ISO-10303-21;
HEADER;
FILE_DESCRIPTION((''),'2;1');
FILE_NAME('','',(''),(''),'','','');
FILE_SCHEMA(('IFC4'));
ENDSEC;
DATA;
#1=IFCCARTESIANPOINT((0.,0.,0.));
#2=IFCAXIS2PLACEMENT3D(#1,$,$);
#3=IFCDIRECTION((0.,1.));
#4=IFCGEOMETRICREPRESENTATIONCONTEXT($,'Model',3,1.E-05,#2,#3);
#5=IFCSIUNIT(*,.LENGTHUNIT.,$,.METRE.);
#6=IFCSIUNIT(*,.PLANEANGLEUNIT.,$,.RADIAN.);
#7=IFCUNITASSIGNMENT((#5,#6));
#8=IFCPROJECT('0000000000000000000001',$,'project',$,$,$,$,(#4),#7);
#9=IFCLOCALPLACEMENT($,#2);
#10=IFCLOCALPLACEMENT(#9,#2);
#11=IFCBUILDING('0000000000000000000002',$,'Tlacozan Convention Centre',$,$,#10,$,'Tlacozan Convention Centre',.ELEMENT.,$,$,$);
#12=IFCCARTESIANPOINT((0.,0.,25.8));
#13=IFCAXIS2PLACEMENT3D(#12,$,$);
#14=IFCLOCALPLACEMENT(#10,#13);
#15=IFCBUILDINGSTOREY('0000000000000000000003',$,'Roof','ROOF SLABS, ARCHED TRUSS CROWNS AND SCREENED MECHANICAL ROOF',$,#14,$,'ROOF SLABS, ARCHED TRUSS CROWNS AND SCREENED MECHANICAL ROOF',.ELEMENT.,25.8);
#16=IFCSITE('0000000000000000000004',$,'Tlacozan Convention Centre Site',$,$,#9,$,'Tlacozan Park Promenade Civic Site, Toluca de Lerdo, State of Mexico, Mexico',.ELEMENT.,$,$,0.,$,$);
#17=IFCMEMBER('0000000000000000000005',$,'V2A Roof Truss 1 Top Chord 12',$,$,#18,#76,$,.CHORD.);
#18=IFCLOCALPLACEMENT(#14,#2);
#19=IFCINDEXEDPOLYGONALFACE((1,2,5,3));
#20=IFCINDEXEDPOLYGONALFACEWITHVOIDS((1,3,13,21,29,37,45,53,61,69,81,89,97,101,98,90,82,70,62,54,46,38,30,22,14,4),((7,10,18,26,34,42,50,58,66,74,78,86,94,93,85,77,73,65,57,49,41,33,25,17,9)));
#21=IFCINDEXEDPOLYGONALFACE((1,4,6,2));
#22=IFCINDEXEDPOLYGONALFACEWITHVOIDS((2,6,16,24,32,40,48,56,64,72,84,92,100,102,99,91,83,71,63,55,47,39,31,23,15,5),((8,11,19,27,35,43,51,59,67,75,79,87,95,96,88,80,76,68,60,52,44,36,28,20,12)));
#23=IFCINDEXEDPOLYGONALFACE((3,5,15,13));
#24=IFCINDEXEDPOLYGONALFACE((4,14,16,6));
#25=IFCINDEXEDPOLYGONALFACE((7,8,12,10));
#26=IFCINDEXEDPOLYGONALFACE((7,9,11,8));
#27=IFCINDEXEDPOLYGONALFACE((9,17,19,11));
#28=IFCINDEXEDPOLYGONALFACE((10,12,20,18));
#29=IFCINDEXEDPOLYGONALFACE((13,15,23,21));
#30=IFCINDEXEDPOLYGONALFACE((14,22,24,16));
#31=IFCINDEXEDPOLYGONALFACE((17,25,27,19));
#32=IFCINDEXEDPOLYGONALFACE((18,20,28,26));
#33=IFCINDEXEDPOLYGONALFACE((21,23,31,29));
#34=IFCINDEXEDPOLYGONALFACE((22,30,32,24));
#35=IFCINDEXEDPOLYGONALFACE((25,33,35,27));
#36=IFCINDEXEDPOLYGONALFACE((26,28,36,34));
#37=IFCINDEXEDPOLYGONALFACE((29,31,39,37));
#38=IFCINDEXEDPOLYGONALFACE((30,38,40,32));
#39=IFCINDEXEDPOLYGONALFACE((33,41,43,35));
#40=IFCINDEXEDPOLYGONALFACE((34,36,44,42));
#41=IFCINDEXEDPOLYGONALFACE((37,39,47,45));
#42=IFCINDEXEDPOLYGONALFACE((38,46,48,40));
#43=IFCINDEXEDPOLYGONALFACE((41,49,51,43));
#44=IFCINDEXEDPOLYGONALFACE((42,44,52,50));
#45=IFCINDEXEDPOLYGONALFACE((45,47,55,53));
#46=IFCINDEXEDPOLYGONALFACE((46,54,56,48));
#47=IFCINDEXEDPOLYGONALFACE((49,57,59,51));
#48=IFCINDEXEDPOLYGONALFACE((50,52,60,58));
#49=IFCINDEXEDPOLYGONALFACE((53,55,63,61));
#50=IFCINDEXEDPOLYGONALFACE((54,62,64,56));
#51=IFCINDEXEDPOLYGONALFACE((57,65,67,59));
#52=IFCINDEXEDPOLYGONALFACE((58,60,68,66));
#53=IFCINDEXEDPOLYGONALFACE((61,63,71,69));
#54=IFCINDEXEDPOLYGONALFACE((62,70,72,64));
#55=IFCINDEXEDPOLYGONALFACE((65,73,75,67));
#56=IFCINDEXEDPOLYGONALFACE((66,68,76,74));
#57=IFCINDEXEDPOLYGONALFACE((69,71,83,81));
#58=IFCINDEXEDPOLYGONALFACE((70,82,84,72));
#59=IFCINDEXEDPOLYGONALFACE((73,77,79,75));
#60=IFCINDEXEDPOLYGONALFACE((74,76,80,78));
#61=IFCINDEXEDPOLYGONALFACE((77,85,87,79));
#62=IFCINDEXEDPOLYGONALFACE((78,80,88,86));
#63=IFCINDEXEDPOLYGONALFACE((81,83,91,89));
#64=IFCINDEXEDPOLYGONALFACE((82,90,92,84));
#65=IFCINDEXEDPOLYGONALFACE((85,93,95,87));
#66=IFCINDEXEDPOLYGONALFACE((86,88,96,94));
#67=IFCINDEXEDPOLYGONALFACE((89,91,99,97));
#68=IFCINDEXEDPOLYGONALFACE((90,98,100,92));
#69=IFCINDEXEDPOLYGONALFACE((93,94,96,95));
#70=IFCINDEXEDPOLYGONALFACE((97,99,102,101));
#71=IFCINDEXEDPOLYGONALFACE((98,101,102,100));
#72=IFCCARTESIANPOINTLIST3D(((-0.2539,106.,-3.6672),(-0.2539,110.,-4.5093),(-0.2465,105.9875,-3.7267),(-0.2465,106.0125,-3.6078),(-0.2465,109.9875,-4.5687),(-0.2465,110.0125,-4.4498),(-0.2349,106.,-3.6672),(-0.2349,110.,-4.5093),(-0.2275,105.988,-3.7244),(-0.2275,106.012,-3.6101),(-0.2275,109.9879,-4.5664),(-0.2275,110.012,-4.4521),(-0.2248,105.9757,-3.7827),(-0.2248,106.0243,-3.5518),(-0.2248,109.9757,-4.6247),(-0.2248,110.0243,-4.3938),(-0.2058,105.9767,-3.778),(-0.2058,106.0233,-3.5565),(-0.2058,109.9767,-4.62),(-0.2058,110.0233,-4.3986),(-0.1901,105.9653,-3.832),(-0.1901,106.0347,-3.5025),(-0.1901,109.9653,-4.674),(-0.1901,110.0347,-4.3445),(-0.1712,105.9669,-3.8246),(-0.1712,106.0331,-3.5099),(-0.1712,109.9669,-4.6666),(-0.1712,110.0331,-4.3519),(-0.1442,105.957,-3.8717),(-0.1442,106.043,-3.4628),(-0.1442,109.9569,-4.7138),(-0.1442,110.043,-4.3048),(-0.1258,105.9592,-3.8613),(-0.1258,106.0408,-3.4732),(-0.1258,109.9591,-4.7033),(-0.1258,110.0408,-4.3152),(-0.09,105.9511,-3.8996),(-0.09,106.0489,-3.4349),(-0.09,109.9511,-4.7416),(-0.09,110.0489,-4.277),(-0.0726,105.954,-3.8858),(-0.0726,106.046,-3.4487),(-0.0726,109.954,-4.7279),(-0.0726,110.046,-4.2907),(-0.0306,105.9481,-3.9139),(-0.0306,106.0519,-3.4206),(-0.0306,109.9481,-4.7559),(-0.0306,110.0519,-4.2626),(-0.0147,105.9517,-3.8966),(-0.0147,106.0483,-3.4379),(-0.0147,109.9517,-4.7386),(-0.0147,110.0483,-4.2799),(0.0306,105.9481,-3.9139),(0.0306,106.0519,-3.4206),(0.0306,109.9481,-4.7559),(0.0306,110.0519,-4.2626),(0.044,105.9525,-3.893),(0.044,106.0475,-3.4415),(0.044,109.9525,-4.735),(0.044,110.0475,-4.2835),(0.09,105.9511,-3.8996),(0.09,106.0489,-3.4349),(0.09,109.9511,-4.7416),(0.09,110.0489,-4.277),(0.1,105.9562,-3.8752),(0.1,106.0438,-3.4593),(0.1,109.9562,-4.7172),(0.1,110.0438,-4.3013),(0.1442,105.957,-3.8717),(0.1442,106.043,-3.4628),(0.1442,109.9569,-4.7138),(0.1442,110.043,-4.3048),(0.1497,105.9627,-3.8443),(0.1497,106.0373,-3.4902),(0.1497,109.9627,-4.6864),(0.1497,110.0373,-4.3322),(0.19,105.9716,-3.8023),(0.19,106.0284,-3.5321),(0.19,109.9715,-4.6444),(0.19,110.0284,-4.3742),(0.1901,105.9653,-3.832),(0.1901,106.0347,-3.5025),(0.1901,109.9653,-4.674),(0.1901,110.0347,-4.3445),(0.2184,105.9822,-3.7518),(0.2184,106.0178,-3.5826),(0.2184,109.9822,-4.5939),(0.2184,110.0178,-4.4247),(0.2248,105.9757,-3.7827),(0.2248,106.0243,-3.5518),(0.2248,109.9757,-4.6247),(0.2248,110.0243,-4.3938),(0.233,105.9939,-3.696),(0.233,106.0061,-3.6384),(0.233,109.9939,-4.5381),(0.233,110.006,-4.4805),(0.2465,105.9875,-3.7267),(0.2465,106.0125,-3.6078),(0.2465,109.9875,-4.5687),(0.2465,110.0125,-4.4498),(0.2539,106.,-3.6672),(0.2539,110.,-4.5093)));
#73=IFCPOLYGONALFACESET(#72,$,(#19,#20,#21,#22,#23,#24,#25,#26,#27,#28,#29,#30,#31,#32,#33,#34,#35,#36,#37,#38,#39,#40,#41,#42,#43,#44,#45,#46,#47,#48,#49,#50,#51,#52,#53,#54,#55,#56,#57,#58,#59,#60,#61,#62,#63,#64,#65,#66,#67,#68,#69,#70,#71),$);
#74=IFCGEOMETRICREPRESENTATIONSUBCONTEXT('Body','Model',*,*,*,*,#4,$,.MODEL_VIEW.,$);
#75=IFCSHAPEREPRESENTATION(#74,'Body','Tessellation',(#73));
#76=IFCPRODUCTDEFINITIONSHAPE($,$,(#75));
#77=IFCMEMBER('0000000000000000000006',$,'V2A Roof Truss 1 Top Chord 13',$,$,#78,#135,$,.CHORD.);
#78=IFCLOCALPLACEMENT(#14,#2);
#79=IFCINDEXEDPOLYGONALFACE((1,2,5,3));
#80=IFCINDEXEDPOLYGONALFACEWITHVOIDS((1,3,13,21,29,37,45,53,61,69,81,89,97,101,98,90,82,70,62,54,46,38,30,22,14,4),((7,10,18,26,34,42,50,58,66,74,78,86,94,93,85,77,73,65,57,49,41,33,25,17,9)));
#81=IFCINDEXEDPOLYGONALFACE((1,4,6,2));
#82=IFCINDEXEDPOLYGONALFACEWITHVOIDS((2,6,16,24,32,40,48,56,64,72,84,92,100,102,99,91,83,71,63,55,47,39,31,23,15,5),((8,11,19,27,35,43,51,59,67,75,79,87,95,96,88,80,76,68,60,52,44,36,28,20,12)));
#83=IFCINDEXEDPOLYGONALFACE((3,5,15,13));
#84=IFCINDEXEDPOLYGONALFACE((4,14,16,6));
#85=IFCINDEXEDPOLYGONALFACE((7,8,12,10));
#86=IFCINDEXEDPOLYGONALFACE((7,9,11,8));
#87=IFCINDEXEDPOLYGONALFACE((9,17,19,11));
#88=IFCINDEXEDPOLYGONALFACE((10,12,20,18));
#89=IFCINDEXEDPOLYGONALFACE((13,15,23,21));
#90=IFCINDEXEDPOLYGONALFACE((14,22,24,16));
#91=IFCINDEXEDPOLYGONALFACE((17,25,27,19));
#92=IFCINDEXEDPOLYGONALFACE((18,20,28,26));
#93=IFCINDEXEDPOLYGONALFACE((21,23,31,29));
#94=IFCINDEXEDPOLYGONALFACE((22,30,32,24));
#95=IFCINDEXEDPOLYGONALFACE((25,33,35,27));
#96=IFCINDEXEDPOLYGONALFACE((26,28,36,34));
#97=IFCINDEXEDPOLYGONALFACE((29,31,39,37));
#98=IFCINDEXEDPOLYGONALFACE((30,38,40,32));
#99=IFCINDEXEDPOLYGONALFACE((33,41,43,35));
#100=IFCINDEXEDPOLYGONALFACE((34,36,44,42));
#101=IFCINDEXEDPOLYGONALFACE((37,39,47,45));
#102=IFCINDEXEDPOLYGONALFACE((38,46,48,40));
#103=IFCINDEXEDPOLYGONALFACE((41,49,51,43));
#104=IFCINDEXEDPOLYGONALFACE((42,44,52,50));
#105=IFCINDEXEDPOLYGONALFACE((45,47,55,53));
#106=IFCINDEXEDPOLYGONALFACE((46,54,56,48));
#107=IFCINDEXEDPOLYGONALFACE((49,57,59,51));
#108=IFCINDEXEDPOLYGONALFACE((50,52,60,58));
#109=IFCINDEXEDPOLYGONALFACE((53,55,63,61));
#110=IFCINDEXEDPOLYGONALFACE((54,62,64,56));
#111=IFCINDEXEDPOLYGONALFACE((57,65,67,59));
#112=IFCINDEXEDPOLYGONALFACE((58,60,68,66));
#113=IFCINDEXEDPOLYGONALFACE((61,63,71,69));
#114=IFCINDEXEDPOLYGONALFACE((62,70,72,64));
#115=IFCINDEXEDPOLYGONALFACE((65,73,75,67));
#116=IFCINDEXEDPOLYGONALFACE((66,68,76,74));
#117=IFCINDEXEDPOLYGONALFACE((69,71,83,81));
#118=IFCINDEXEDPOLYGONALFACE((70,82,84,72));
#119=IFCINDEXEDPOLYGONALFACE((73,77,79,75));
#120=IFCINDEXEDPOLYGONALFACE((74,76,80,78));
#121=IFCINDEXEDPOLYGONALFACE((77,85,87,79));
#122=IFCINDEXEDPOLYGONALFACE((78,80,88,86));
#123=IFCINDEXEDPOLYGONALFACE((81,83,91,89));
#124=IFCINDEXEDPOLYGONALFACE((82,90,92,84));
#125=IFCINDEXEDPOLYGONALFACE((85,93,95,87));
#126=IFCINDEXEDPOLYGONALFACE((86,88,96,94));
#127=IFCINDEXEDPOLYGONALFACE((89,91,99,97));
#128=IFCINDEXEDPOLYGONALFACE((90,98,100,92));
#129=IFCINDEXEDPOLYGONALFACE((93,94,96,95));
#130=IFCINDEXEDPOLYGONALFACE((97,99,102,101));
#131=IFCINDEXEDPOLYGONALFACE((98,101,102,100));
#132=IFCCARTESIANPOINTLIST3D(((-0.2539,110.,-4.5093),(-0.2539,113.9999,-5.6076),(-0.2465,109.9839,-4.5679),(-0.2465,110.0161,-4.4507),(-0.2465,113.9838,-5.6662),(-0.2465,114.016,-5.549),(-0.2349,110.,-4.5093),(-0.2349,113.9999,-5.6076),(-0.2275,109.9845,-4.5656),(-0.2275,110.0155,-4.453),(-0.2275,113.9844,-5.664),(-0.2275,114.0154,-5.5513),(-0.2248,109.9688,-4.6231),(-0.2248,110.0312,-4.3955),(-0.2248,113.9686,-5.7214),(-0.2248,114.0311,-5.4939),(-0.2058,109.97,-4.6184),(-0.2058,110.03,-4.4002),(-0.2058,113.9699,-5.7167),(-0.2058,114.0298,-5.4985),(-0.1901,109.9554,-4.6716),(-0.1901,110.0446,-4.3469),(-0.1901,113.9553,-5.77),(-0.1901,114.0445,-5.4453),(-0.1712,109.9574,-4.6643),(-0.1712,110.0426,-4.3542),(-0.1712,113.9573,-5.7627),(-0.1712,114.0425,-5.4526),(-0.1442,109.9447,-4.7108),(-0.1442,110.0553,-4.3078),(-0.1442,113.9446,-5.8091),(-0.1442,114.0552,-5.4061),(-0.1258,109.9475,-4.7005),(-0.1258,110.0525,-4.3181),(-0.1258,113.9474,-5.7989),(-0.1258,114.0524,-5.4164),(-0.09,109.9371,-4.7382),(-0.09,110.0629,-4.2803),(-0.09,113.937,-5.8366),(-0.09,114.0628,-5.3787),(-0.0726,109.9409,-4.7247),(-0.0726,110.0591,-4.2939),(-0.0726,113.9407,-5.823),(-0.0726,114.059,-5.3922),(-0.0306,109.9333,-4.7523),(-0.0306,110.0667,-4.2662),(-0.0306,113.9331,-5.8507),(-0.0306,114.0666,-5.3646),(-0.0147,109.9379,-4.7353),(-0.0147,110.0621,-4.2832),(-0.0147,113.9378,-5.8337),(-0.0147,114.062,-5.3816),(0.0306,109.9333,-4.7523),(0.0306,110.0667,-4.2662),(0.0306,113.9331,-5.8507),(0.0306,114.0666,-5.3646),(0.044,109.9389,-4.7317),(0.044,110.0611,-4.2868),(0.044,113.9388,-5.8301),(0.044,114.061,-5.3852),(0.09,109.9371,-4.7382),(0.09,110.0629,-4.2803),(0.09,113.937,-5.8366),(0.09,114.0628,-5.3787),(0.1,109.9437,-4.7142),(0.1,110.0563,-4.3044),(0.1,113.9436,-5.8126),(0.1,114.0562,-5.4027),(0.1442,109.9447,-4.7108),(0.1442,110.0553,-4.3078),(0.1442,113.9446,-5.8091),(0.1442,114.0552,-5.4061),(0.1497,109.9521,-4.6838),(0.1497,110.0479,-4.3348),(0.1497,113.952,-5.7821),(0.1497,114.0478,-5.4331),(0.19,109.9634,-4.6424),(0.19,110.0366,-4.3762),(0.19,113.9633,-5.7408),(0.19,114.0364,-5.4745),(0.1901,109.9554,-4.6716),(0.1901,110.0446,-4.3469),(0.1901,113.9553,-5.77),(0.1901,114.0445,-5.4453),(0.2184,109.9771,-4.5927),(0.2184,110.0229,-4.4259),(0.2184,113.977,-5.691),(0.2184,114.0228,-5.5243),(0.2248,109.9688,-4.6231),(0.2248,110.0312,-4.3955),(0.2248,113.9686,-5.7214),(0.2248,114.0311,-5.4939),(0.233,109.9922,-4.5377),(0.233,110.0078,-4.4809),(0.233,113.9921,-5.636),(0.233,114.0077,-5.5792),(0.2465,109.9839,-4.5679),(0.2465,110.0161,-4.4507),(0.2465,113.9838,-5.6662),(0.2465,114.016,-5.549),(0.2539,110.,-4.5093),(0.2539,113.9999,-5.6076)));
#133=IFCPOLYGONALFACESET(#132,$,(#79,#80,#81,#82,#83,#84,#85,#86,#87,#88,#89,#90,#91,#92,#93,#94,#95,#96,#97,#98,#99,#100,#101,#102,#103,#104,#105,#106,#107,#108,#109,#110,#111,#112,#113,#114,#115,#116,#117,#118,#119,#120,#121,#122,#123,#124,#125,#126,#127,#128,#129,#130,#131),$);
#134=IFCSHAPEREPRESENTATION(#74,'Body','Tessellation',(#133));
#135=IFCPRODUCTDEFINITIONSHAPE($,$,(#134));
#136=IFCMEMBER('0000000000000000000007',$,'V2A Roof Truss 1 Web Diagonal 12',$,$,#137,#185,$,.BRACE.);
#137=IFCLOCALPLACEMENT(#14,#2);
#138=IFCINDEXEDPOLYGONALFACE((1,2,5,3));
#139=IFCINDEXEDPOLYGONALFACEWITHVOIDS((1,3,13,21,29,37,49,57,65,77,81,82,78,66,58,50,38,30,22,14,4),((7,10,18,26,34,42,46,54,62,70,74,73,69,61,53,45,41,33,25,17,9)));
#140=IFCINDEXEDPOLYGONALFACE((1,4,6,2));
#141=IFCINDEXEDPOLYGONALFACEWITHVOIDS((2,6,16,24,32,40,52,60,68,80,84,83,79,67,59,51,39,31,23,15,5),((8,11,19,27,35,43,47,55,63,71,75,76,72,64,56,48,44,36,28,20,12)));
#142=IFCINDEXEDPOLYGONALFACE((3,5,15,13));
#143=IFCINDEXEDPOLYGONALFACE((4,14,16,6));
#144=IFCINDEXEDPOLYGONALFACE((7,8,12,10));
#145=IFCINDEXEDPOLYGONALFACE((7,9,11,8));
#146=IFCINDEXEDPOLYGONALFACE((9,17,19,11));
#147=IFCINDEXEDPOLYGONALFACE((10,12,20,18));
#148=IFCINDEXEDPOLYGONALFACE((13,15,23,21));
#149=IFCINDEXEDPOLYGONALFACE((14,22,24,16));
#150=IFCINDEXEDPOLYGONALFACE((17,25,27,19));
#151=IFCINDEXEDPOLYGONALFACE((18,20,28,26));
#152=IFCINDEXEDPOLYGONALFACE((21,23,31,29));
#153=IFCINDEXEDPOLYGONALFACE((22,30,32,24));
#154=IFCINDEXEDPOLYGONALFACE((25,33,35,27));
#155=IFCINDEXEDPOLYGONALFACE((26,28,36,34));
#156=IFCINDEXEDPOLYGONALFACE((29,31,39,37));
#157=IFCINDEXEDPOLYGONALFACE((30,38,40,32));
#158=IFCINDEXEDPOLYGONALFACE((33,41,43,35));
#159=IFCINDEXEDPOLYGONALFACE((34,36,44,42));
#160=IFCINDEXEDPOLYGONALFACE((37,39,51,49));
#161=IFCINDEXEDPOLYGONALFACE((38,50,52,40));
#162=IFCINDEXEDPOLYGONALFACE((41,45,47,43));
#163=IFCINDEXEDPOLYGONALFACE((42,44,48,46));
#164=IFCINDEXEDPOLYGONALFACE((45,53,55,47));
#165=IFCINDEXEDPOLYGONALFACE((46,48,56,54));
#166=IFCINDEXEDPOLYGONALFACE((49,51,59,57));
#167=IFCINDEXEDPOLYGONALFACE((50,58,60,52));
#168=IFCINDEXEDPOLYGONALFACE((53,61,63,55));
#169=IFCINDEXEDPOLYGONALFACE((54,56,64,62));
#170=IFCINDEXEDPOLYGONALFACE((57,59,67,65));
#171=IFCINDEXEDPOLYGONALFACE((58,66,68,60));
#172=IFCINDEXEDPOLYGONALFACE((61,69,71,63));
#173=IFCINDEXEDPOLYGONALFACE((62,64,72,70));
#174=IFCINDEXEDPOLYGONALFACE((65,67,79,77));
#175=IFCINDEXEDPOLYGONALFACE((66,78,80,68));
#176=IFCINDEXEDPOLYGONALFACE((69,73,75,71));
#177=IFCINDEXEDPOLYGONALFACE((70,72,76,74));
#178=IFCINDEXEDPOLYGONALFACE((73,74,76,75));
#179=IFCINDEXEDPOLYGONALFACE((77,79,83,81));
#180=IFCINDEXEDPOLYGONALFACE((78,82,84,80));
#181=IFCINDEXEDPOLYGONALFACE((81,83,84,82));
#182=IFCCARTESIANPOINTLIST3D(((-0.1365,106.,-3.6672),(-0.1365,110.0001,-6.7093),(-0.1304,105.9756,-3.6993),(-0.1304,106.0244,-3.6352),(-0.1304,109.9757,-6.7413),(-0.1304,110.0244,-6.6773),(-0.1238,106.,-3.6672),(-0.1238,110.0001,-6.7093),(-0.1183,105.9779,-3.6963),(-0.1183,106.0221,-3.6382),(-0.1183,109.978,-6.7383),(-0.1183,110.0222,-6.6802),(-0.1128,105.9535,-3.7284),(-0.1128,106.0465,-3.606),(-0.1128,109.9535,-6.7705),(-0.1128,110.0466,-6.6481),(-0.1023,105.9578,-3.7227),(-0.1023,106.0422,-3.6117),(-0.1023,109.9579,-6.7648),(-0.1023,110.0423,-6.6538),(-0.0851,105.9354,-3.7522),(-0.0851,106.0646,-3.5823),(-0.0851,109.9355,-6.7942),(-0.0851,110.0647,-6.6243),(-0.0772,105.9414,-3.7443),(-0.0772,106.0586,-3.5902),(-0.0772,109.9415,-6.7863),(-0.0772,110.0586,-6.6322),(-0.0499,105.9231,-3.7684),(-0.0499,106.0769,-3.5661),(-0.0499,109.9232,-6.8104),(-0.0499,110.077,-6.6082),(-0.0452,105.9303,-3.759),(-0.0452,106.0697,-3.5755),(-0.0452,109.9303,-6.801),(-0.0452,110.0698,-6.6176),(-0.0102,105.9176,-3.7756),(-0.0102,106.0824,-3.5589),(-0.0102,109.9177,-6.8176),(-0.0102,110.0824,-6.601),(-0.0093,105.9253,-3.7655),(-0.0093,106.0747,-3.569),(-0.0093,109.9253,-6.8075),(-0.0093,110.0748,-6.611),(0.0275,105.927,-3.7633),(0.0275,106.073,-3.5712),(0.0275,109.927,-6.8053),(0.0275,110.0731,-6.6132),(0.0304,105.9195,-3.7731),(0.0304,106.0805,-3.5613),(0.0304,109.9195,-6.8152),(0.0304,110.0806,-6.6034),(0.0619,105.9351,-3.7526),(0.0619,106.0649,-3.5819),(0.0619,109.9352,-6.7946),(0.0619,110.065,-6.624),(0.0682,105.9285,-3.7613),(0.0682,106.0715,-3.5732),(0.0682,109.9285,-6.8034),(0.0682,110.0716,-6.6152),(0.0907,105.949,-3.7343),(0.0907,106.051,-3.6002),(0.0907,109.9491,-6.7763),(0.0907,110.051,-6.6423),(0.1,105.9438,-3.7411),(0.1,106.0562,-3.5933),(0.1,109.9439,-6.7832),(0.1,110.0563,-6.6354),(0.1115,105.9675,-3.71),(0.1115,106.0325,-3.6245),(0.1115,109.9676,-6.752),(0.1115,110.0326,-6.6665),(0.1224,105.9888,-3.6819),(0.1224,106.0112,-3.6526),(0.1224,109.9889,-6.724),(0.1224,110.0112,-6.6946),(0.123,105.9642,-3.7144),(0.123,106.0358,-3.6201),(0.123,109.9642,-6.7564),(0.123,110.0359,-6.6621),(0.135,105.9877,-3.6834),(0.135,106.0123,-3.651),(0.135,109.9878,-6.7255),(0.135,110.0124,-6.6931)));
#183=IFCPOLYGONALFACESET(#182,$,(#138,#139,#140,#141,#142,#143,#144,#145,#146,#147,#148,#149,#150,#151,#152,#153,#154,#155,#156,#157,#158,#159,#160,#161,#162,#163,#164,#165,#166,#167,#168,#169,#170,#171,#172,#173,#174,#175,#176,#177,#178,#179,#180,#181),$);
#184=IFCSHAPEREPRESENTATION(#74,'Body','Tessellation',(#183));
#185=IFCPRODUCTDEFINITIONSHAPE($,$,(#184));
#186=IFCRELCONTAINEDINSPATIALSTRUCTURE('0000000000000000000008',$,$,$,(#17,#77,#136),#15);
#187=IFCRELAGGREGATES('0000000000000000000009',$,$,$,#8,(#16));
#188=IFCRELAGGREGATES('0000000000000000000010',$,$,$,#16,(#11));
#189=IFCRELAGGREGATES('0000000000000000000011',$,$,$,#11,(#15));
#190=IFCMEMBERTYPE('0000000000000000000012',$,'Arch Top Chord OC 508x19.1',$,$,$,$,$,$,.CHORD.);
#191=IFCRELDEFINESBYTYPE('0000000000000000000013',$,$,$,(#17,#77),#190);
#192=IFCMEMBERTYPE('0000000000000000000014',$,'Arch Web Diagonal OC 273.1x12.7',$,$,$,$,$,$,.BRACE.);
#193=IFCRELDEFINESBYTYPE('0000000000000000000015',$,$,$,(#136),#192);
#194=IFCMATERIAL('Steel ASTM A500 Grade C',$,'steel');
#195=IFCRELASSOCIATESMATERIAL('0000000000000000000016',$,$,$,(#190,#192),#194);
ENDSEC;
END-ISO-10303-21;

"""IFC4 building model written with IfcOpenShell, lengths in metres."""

from ifc_helpers import new_model, si_unit, direction, frame, origin, origin_2d, place, context, subcontext, project, spatial, hollow_circle, extrude, material, material_profile, profile_set, type_object, element, save


model = new_model("IFC4")

# Units and contexts
model_context = context("Model", 3, precision=1e-05, world=origin(), true_north=direction((0.0, 1.0)))
body_context = subcontext(model_context, "Body", "Model", "MODEL_VIEW")
ifc_project = project(units=[si_unit("LENGTHUNIT", "METRE"), si_unit("PLANEANGLEUNIT", "RADIAN")], contexts=[model_context])

# Site, building, storey
site_placement = place(None, origin())
site = spatial("IfcSite", under=ifc_project, at=site_placement, Name="Tlacozan Convention Centre Site", LongName="Tlacozan Park Promenade Civic Site, Toluca de Lerdo, State of Mexico, Mexico", CompositionType="ELEMENT", RefElevation=0.0)
building_placement = place(site_placement, origin())
building = spatial("IfcBuilding", under=site, at=building_placement, Name="Tlacozan Convention Centre", LongName="Tlacozan Convention Centre", CompositionType="ELEMENT")
storey_placement = place(building_placement, frame((0.0, 0.0, 25.8)))
storey = spatial("IfcBuildingStorey", under=building, at=storey_placement, Name="Roof", Description="ROOF SLABS, ARCHED TRUSS CROWNS AND SCREENED MECHANICAL ROOF", LongName="ROOF SLABS, ARCHED TRUSS CROWNS AND SCREENED MECHANICAL ROOF", CompositionType="ELEMENT", Elevation=25.8)

# Members
ifc_material_1 = material(Name="Steel ASTM A500 Grade C", Category="steel")
ifc_material_profile_1 = material_profile(ifc_material_1, hollow_circle(Radius=0.2539, WallThickness=0.019, at=origin_2d()), Name="OC 508.0x19.1")
ifc_profile_set_1 = profile_set([ifc_material_profile_1], Name="Steel ASTM A500 Grade C")
member_type_1 = type_object("IfcMemberType", Name="Arch Top Chord OC 508x19.1", PredefinedType="CHORD", material=ifc_profile_set_1)
member_1_placement = place(storey_placement, frame((0.0, 106.0, -3.6672), z_axis=(0.0, 0.978553, -0.205995), x_axis=(-1.0, 0.0, 0.0)))
element("IfcMember", 1, at=member_1_placement, inside=storey, type_object=member_type_1, Name="V2A Roof Truss 1 Top Chord 12", PredefinedType="CHORD", context=body_context, shape_type="SweptSolid", body=[
    extrude(hollow_circle(Radius=0.2539, WallThickness=0.019, at=origin_2d()), origin(), (0.0, 0.0, 1.0), 4.0876),
])
member_2_placement = place(storey_placement, frame((0.0, 110.0, -4.5093), z_axis=(0.0, 0.964305, -0.264795), x_axis=(-1.0, 0.0, 0.0)))
element("IfcMember", 2, at=member_2_placement, inside=storey, type_object=member_type_1, Name="V2A Roof Truss 1 Top Chord 13", PredefinedType="CHORD", context=body_context, shape_type="SweptSolid", body=[
    extrude(hollow_circle(Radius=0.2539, WallThickness=0.019, at=origin_2d()), origin(), (0.0, 0.0, 1.0), 4.1479),
])
ifc_material_profile_2 = material_profile(ifc_material_1, hollow_circle(Radius=0.1365, WallThickness=0.0127, at=origin_2d()), Name="OC 273.1x12.7")
ifc_profile_set_2 = profile_set([ifc_material_profile_2], Name="Steel ASTM A500 Grade C")
member_type_2 = type_object("IfcMemberType", Name="Arch Web Diagonal OC 273.1x12.7", PredefinedType="BRACE", material=ifc_profile_set_2)
member_3_placement = place(storey_placement, frame((0.0, 106.0, -3.6672), z_axis=(0.0, 0.795971, -0.605335), x_axis=(-1.0, 0.0, 0.0)))
element("IfcMember", 3, at=member_3_placement, inside=storey, type_object=member_type_2, Name="V2A Roof Truss 1 Web Diagonal 12", PredefinedType="BRACE", context=body_context, shape_type="SweptSolid", body=[
    extrude(hollow_circle(Radius=0.1365, WallThickness=0.0127, at=origin_2d()), origin(), (0.0, 0.0, 1.0), 5.0254),
])

save(model, "model.ifc")
